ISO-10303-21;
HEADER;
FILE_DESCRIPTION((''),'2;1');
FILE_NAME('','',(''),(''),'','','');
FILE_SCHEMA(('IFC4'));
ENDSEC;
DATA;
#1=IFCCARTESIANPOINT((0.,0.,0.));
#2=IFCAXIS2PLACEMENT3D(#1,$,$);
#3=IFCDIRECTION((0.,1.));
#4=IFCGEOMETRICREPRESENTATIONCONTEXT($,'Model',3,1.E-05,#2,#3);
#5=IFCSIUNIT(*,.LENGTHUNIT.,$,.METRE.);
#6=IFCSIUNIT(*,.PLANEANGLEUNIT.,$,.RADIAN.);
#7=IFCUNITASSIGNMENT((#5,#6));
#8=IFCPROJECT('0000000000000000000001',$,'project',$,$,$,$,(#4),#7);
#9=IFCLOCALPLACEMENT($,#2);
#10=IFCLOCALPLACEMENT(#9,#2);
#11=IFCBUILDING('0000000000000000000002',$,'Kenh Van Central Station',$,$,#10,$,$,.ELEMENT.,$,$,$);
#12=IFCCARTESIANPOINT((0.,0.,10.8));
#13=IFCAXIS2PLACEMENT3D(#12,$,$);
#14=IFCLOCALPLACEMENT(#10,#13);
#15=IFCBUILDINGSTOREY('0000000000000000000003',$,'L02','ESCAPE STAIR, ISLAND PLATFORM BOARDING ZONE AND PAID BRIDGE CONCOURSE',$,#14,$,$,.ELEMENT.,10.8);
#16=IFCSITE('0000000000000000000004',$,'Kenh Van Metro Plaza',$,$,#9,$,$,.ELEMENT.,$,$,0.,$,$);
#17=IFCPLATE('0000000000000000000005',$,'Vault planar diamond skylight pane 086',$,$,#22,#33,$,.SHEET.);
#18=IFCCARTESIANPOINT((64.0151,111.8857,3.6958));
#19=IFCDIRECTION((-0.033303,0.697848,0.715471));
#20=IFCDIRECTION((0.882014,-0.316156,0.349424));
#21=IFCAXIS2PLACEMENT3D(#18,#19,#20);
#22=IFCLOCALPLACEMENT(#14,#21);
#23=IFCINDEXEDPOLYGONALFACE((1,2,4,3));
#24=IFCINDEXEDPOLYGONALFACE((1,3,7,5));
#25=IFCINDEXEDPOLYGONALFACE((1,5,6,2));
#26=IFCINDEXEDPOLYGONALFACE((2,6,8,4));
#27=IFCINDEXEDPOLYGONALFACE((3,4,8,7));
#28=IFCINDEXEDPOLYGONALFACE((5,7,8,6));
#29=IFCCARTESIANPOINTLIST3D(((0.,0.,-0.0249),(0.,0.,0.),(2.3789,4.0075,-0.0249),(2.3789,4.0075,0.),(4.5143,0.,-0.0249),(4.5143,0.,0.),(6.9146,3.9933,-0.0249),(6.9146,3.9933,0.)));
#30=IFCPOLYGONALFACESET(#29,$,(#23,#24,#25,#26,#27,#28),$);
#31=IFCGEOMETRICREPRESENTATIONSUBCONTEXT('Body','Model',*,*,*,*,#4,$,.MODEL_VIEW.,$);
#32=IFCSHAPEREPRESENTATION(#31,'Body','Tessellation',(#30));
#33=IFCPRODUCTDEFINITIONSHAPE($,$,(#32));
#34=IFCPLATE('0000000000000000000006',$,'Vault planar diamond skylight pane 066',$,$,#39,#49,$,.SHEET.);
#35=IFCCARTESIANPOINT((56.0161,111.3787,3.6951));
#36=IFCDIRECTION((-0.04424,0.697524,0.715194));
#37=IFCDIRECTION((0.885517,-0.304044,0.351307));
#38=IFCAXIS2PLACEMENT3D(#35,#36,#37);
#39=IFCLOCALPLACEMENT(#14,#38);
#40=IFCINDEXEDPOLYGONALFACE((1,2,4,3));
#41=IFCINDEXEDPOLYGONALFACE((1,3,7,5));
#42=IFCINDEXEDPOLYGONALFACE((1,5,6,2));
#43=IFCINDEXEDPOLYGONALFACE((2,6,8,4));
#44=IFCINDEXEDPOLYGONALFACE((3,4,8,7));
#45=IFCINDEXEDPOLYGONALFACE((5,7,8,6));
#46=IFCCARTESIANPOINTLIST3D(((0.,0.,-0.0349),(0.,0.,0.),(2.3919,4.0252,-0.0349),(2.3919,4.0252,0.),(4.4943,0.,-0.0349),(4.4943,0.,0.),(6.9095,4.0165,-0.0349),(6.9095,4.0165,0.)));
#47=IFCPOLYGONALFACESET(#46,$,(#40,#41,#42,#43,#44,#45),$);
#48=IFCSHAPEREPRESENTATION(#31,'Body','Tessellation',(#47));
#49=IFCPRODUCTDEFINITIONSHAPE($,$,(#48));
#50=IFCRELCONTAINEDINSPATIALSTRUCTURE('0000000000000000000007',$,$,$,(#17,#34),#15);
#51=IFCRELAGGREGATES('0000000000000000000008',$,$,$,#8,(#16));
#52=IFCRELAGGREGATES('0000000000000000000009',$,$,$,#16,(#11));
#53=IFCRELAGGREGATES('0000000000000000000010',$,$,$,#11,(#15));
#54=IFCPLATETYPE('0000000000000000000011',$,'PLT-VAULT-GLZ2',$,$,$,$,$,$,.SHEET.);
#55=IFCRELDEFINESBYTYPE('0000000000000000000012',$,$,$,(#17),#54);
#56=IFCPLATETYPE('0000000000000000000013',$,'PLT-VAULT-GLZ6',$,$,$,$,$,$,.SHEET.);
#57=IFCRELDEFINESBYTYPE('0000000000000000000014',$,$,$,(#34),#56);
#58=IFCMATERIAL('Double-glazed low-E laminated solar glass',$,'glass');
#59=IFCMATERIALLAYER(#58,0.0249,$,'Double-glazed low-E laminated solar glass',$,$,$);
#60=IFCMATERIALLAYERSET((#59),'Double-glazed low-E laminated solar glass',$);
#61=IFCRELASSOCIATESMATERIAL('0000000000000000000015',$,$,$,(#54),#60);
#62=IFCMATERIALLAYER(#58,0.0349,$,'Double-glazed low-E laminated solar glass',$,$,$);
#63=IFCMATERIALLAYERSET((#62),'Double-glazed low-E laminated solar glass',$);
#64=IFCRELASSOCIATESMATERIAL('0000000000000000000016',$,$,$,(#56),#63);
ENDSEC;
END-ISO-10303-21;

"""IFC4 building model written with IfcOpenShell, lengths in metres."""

from ifc_helpers import new_model, si_unit, direction, frame, origin, place, context, subcontext, project, spatial, polyline, outline, extrude, material, layer, layer_set, type_object, element, save


model = new_model("IFC4")

# Units and contexts
model_context = context("Model", 3, precision=1e-05, world=origin(), true_north=direction((0.0, 1.0)))
body_context = subcontext(model_context, "Body", "Model", "MODEL_VIEW")
ifc_project = project(units=[si_unit("LENGTHUNIT", "METRE"), si_unit("PLANEANGLEUNIT", "RADIAN")], contexts=[model_context])

# Site, building, storey
site_placement = place(None, origin())
site = spatial("IfcSite", under=ifc_project, at=site_placement, Name="Kenh Van Metro Plaza", CompositionType="ELEMENT", RefElevation=0.0)
building_placement = place(site_placement, origin())
building = spatial("IfcBuilding", under=site, at=building_placement, Name="Kenh Van Central Station", CompositionType="ELEMENT")
storey_placement = place(building_placement, frame((0.0, 0.0, 10.8)))
storey = spatial("IfcBuildingStorey", under=building, at=storey_placement, Name="L02", Description="ESCAPE STAIR, ISLAND PLATFORM BOARDING ZONE AND PAID BRIDGE CONCOURSE", CompositionType="ELEMENT", Elevation=10.8)

# Plates
ifc_material_1 = material(Name="Double-glazed low-E laminated solar glass", Category="glass")
ifc_layer_1 = layer(ifc_material_1, 0.0249, Name="Double-glazed low-E laminated solar glass")
ifc_layer_set_1 = layer_set([ifc_layer_1], Name="Double-glazed low-E laminated solar glass")
plate_type_1 = type_object("IfcPlateType", Name="PLT-VAULT-GLZ2", PredefinedType="SHEET", material=ifc_layer_set_1)
plate_1_placement = place(storey_placement, frame((64.0151, 111.8857, 3.6958), z_axis=(-0.033303, 0.697848, 0.715471), x_axis=(0.882014, -0.316156, 0.349424)))
element("IfcPlate", 1, at=plate_1_placement, inside=storey, type_object=plate_type_1, Name="Vault planar diamond skylight pane 086", PredefinedType="SHEET", context=body_context, shape_type="SweptSolid", body=[
    extrude(outline(polyline([(0.0, 0.0), (4.5143, 0.0), (6.9146, 3.9933), (2.3789, 4.0075), (0.0, 0.0)])), origin(), (0.0, 0.0, -1.0), 0.0249),
])
ifc_layer_2 = layer(ifc_material_1, 0.0349, Name="Double-glazed low-E laminated solar glass")
ifc_layer_set_2 = layer_set([ifc_layer_2], Name="Double-glazed low-E laminated solar glass")
plate_type_2 = type_object("IfcPlateType", Name="PLT-VAULT-GLZ6", PredefinedType="SHEET", material=ifc_layer_set_2)
plate_2_placement = place(storey_placement, frame((56.0161, 111.3787, 3.6951), z_axis=(-0.04424, 0.697524, 0.715194), x_axis=(0.885517, -0.304044, 0.351307)))
element("IfcPlate", 2, at=plate_2_placement, inside=storey, type_object=plate_type_2, Name="Vault planar diamond skylight pane 066", PredefinedType="SHEET", context=body_context, shape_type="SweptSolid", body=[
    extrude(outline(polyline([(0.0, 0.0), (4.4943, 0.0), (6.9095, 4.0165), (2.3919, 4.0252), (0.0, 0.0)])), origin(), (0.0, 0.0, -1.0), 0.0349),
])

save(model, "model.ifc")
